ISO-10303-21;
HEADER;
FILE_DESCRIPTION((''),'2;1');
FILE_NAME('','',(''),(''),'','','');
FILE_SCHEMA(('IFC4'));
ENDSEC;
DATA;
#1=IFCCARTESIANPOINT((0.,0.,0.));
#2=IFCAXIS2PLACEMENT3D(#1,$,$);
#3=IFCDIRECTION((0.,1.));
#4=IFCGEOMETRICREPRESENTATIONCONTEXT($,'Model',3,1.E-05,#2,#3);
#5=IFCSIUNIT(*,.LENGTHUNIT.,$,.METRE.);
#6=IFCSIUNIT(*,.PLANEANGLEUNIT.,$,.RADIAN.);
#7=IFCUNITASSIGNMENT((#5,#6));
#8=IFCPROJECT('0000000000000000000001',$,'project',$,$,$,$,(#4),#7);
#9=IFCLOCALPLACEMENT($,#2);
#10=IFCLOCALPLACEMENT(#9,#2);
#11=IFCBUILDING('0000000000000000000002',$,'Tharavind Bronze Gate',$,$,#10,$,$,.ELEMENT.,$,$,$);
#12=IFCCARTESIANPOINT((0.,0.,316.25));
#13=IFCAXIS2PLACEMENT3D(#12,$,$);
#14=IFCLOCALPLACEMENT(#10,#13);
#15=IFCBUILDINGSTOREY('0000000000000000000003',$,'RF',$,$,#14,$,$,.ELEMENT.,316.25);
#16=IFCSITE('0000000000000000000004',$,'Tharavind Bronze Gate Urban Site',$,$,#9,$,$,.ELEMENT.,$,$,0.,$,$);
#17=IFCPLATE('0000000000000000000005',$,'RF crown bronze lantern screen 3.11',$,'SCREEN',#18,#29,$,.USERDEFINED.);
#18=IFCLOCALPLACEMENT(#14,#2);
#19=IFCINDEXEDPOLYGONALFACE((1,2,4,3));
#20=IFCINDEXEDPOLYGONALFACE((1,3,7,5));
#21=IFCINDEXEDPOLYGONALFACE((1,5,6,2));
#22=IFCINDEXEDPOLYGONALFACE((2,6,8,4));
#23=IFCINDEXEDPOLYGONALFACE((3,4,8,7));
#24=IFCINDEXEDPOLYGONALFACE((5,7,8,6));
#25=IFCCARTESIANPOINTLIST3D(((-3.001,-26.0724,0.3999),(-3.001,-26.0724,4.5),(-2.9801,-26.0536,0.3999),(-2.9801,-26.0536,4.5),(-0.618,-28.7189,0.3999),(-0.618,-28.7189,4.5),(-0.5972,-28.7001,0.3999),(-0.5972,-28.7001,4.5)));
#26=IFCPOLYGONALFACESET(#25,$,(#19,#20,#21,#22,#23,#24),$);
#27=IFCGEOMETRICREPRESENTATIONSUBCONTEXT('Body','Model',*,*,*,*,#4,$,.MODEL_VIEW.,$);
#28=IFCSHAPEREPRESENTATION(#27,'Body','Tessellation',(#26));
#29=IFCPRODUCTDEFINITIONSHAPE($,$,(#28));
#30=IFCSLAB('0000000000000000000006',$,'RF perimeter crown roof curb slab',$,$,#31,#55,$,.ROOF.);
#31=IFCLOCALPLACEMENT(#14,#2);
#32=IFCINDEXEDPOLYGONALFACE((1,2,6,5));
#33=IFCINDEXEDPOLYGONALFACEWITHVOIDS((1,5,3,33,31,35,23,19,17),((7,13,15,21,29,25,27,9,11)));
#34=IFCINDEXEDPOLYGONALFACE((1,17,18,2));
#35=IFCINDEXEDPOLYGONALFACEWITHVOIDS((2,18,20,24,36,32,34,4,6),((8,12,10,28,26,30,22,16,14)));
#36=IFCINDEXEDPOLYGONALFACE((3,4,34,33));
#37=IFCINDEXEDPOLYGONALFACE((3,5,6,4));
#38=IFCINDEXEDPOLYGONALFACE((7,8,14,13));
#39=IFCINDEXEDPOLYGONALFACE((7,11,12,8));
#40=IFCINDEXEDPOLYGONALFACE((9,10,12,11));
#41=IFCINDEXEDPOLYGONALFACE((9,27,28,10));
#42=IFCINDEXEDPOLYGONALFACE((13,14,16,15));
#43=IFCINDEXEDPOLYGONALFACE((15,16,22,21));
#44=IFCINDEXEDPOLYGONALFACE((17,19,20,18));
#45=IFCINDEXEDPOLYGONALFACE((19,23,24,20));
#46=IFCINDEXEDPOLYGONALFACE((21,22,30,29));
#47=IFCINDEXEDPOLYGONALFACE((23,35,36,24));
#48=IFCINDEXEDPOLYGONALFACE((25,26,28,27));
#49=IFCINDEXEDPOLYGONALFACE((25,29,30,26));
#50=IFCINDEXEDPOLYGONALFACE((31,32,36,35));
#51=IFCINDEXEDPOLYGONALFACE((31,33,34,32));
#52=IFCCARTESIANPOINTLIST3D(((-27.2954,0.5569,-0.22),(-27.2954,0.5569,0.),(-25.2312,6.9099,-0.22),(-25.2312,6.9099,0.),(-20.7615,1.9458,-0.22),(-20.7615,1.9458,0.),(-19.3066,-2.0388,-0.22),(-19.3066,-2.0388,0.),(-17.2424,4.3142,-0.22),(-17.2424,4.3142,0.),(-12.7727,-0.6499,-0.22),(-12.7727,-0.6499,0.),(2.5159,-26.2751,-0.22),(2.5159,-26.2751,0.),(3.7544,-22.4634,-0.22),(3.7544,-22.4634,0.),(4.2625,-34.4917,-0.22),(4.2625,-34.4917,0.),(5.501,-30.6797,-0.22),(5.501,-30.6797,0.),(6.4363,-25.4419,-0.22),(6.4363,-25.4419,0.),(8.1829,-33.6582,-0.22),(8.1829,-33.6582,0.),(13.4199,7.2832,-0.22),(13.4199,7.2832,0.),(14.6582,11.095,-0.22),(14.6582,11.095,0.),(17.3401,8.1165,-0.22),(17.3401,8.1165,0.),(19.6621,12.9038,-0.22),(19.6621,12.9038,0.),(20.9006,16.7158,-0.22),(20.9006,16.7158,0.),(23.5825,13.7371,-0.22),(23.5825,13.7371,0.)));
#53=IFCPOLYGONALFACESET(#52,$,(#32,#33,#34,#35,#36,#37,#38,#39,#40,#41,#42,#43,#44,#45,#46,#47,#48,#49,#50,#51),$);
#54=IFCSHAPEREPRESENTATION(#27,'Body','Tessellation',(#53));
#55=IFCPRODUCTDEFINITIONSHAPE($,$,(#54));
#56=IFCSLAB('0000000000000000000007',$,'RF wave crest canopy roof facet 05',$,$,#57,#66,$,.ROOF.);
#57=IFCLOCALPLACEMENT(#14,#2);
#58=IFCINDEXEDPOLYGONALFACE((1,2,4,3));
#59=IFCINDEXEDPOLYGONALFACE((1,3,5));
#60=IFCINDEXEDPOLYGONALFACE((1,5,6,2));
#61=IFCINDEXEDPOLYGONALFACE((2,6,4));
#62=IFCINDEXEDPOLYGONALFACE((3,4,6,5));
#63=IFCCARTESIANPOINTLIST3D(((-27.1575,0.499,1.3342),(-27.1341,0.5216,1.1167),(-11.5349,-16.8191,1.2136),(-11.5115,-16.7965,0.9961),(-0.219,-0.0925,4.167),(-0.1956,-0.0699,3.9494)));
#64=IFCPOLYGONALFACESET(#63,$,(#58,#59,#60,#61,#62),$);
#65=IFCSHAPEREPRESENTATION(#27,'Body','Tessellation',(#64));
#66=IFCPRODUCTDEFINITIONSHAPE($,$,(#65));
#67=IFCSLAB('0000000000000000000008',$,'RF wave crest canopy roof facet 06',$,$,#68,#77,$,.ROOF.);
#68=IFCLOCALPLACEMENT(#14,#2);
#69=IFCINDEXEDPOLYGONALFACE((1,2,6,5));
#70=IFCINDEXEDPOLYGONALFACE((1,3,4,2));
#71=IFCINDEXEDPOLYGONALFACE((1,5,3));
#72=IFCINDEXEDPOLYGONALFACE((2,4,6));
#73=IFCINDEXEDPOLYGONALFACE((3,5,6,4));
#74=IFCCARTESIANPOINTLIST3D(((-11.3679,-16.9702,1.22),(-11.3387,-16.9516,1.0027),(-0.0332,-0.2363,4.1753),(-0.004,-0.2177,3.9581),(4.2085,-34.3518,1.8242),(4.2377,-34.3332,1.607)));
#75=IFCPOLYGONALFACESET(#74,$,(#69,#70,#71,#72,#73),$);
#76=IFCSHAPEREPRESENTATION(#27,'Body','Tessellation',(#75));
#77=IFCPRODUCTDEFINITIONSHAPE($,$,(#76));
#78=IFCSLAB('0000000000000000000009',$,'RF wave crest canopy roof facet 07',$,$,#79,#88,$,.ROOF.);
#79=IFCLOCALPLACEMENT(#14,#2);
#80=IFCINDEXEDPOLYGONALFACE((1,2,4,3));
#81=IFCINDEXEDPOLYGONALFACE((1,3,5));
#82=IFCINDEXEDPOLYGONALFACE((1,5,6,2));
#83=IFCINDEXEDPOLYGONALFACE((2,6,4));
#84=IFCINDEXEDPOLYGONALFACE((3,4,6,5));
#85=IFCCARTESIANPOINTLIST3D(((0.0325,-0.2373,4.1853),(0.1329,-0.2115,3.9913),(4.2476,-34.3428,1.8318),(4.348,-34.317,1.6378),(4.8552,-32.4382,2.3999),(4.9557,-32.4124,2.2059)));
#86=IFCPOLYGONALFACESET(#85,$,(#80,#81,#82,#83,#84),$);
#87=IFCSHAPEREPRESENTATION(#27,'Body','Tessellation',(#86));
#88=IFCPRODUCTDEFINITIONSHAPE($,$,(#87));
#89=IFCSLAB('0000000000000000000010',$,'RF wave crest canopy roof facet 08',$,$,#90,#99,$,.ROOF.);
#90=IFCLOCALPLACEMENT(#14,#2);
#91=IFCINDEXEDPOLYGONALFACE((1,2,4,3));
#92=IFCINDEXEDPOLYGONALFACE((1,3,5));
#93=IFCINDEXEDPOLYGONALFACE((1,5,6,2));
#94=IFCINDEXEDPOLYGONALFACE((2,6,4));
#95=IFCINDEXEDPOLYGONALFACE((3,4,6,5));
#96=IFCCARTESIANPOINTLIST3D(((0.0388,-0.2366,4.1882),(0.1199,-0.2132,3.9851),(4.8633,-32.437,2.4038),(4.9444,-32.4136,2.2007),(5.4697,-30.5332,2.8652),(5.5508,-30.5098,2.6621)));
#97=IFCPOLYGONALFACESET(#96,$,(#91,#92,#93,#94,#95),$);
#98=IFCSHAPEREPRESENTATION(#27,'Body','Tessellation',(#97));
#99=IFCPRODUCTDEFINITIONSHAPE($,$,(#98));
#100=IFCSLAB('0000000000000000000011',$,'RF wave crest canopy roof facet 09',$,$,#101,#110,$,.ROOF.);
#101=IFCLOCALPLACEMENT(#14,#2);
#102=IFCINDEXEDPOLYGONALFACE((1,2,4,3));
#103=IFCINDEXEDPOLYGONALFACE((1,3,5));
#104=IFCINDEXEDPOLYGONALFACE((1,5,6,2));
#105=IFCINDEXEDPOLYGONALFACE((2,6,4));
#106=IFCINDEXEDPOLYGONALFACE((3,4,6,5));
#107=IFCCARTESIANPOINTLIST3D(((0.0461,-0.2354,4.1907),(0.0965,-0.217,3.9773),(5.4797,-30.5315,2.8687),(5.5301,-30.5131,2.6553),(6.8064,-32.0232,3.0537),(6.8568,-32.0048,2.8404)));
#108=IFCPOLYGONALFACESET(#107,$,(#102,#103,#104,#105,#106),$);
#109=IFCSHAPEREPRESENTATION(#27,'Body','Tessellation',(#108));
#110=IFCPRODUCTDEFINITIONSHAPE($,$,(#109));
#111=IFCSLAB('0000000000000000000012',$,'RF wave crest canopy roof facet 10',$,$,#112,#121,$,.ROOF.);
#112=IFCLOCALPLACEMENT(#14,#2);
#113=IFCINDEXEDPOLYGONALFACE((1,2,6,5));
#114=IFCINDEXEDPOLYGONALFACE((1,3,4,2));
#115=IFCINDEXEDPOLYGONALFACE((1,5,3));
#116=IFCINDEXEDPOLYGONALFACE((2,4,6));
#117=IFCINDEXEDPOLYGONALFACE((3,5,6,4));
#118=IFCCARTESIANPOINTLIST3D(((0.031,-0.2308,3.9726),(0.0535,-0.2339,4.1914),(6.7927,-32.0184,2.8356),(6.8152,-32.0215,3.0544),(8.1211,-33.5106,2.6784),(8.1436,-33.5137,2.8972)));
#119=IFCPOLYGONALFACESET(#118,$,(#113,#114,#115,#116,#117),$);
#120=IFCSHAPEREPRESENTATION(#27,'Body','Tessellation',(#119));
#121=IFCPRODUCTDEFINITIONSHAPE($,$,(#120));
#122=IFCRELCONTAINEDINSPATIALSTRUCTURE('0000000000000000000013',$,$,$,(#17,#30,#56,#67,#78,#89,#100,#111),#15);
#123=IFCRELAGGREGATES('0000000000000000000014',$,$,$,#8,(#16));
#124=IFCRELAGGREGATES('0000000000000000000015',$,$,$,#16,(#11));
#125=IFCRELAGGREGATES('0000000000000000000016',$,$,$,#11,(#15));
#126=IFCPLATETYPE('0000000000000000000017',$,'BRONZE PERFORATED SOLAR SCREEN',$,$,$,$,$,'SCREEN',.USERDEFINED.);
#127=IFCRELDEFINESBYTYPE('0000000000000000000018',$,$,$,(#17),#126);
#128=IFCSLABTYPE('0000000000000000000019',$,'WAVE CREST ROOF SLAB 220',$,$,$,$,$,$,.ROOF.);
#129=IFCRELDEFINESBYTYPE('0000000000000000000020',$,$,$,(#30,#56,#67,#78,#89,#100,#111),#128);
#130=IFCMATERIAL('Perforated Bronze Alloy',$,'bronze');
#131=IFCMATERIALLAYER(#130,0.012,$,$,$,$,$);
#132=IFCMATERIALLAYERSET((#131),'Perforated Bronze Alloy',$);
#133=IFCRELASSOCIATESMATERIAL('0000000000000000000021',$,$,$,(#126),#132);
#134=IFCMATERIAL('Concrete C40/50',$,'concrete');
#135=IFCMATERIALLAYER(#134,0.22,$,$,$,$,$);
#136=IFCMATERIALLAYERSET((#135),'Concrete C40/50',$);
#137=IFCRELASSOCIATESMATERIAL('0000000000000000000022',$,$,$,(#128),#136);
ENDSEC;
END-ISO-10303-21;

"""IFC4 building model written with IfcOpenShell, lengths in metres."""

from ifc_helpers import new_model, si_unit, direction, frame, origin, origin_2d, place, context, subcontext, project, spatial, polyline, rectangle, outline, extrude, material, layer, layer_set, type_object, element, save


model = new_model("IFC4")

# Units and contexts
model_context = context("Model", 3, precision=1e-05, world=origin(), true_north=direction((0.0, 1.0)))
body_context = subcontext(model_context, "Body", "Model", "MODEL_VIEW")
ifc_project = project(units=[si_unit("LENGTHUNIT", "METRE"), si_unit("PLANEANGLEUNIT", "RADIAN")], contexts=[model_context])

# Site, building, storey
site_placement = place(None, origin())
site = spatial("IfcSite", under=ifc_project, at=site_placement, Name="Tharavind Bronze Gate Urban Site", CompositionType="ELEMENT", RefElevation=0.0)
building_placement = place(site_placement, origin())
building = spatial("IfcBuilding", under=site, at=building_placement, Name="Tharavind Bronze Gate", CompositionType="ELEMENT")
storey_placement = place(building_placement, frame((0.0, 0.0, 316.25)))
storey = spatial("IfcBuildingStorey", under=building, at=storey_placement, Name="RF", CompositionType="ELEMENT", Elevation=316.25)

# Plate
ifc_material_1 = material(Name="Perforated Bronze Alloy", Category="bronze")
ifc_layer_1 = layer(ifc_material_1, 0.012)
ifc_layer_set_1 = layer_set([ifc_layer_1], Name="Perforated Bronze Alloy")
plate_type = type_object("IfcPlateType", Name="BRONZE PERFORATED SOLAR SCREEN", ElementType="SCREEN", PredefinedType="USERDEFINED", material=ifc_layer_set_1)
for number, where, z_axis, x_axis, name in (
    (1, (-1.7991, -27.3862, 0.3999), (0.0, 0.0, 1.0), (0.669131, -0.743145, 0.0), "RF crown bronze lantern screen 3.11"),
):
    element("IfcPlate", number, at=place(storey_placement, frame(where, z_axis=z_axis, x_axis=x_axis)), inside=storey, type_object=plate_type, Name=name, ObjectType="SCREEN", PredefinedType="USERDEFINED", context=body_context, shape_type="SweptSolid", body=[
        extrude(rectangle(XDim=3.5613, YDim=0.0281, at=origin_2d()), origin(), (0.0, 0.0, 1.0), 4.1001),
    ])

# Slabs
ifc_material_2 = material(Name="Concrete C40/50", Category="concrete")
ifc_layer_2 = layer(ifc_material_2, 0.22)
ifc_layer_set_2 = layer_set([ifc_layer_2], Name="Concrete C40/50")
slab_type = type_object("IfcSlabType", Name="WAVE CREST ROOF SLAB 220", PredefinedType="ROOF", material=ifc_layer_set_2)
slab_1_placement = place(storey_placement, frame((0.0, 0.0, -0.22)))
element("IfcSlab", 2, at=slab_1_placement, inside=storey, type_object=slab_type, Name="RF perimeter crown roof curb slab", PredefinedType="ROOF", context=body_context, shape_type="SweptSolid", body=[
    extrude(outline(polyline([(-25.2312, 6.9099), (-20.7615, 1.9458), (-27.2954, 0.5569), (4.2625, -34.4917), (5.501, -30.6797), (8.1829, -33.6582), (23.5825, 13.7371), (19.6621, 12.9038), (20.9006, 16.7158), (-25.2312, 6.9099)]), holes=[polyline([(14.6582, 11.095), (13.4199, 7.2832), (17.3401, 8.1165), (6.4363, -25.4419), (3.7544, -22.4634), (2.5159, -26.2751), (-19.3066, -2.0388), (-12.7727, -0.6499), (-17.2424, 4.3142), (14.6582, 11.095)])]), origin(), (0.0, 0.0, 1.0), 0.22),
])
slab_2_placement = place(storey_placement, frame((-0.219, -0.0925, 4.167), z_axis=(-0.106258, -0.102742, 0.989016), x_axis=(-0.994279, 0.021834, -0.104555)))
element("IfcSlab", 3, at=slab_2_placement, inside=storey, type_object=slab_type, Name="RF wave crest canopy roof facet 05", PredefinedType="ROOF", context=body_context, shape_type="SweptSolid", body=[
    extrude(outline(polyline([(0.0, 0.0), (27.0935, 0.0), (11.1948, 17.0654), (0.0, 0.0)])), origin(), (0.0, 0.0, -1.0), 0.22),
])
slab_3_placement = place(storey_placement, frame((-0.0332, -0.2363, 4.1753), z_axis=(-0.132659, -0.084551, 0.987549), x_axis=(-0.554909, -0.819233, -0.144682)))
element("IfcSlab", 4, at=slab_3_placement, inside=storey, type_object=slab_type, Name="RF wave crest canopy roof facet 06", PredefinedType="ROOF", context=body_context, shape_type="SweptSolid", body=[
    extrude(outline(polyline([(0.0, 0.0), (20.4263, 0.0), (25.9349, 22.6884), (0.0, 0.0)])), origin(), (0.0, 0.0, -1.0), 0.22),
])
slab_4_placement = place(storey_placement, frame((0.0325, -0.2373, 4.1853), z_axis=(-0.45677, -0.117304, 0.881817), x_axis=(0.12237, -0.99013, -0.068326)))
element("IfcSlab", 5, at=slab_4_placement, inside=storey, type_object=slab_type, Name="RF wave crest canopy roof facet 07", PredefinedType="ROOF", context=body_context, shape_type="SweptSolid", body=[
    extrude(outline(polyline([(0.0, 0.0), (34.4454, 0.0), (32.5952, 0.9466), (0.0, 0.0)])), origin(), (0.0, 0.0, -1.0), 0.22),
])
slab_5_placement = place(storey_placement, frame((0.0388, -0.2366, 4.1882), z_axis=(-0.368613, -0.106403, 0.923473), x_axis=(0.14795, -0.98748, -0.054722)))
element("IfcSlab", 6, at=slab_5_placement, inside=storey, type_object=slab_type, Name="RF wave crest canopy roof facet 08", PredefinedType="ROOF", context=body_context, shape_type="SweptSolid", body=[
    extrude(outline(polyline([(0.0, 0.0), (32.6087, 0.0), (30.7932, 0.9535), (0.0, 0.0)])), origin(), (0.0, 0.0, -1.0), 0.22),
])
slab_6_placement = place(storey_placement, frame((0.0461, -0.2354, 4.1907), z_axis=(-0.229062, -0.083402, 0.969832), x_axis=(0.17637, -0.983388, -0.042912)))
element("IfcSlab", 7, at=slab_6_placement, inside=storey, type_object=slab_type, Name="RF wave crest canopy roof facet 09", PredefinedType="ROOF", context=body_context, shape_type="SweptSolid", body=[
    extrude(outline(polyline([(0.0, 0.0), (30.8079, 0.0), (32.5009, 1.0739), (0.0, 0.0)])), origin(), (0.0, 0.0, -1.0), 0.22),
])
slab_7_placement = place(storey_placement, frame((0.0535, -0.2339, 4.1914), z_axis=(0.102181, -0.013841, 0.994669), x_axis=(0.207933, -0.977518, -0.034963)))
element("IfcSlab", 8, at=slab_7_placement, inside=storey, type_object=slab_type, Name="RF wave crest canopy roof facet 10", PredefinedType="ROOF", context=body_context, shape_type="SweptSolid", body=[
    extrude(outline(polyline([(0.0, 0.0), (32.5187, 0.0), (34.259, 0.9935), (0.0, 0.0)])), origin(), (0.0, 0.0, -1.0), 0.22),
])

save(model, "model.ifc")
